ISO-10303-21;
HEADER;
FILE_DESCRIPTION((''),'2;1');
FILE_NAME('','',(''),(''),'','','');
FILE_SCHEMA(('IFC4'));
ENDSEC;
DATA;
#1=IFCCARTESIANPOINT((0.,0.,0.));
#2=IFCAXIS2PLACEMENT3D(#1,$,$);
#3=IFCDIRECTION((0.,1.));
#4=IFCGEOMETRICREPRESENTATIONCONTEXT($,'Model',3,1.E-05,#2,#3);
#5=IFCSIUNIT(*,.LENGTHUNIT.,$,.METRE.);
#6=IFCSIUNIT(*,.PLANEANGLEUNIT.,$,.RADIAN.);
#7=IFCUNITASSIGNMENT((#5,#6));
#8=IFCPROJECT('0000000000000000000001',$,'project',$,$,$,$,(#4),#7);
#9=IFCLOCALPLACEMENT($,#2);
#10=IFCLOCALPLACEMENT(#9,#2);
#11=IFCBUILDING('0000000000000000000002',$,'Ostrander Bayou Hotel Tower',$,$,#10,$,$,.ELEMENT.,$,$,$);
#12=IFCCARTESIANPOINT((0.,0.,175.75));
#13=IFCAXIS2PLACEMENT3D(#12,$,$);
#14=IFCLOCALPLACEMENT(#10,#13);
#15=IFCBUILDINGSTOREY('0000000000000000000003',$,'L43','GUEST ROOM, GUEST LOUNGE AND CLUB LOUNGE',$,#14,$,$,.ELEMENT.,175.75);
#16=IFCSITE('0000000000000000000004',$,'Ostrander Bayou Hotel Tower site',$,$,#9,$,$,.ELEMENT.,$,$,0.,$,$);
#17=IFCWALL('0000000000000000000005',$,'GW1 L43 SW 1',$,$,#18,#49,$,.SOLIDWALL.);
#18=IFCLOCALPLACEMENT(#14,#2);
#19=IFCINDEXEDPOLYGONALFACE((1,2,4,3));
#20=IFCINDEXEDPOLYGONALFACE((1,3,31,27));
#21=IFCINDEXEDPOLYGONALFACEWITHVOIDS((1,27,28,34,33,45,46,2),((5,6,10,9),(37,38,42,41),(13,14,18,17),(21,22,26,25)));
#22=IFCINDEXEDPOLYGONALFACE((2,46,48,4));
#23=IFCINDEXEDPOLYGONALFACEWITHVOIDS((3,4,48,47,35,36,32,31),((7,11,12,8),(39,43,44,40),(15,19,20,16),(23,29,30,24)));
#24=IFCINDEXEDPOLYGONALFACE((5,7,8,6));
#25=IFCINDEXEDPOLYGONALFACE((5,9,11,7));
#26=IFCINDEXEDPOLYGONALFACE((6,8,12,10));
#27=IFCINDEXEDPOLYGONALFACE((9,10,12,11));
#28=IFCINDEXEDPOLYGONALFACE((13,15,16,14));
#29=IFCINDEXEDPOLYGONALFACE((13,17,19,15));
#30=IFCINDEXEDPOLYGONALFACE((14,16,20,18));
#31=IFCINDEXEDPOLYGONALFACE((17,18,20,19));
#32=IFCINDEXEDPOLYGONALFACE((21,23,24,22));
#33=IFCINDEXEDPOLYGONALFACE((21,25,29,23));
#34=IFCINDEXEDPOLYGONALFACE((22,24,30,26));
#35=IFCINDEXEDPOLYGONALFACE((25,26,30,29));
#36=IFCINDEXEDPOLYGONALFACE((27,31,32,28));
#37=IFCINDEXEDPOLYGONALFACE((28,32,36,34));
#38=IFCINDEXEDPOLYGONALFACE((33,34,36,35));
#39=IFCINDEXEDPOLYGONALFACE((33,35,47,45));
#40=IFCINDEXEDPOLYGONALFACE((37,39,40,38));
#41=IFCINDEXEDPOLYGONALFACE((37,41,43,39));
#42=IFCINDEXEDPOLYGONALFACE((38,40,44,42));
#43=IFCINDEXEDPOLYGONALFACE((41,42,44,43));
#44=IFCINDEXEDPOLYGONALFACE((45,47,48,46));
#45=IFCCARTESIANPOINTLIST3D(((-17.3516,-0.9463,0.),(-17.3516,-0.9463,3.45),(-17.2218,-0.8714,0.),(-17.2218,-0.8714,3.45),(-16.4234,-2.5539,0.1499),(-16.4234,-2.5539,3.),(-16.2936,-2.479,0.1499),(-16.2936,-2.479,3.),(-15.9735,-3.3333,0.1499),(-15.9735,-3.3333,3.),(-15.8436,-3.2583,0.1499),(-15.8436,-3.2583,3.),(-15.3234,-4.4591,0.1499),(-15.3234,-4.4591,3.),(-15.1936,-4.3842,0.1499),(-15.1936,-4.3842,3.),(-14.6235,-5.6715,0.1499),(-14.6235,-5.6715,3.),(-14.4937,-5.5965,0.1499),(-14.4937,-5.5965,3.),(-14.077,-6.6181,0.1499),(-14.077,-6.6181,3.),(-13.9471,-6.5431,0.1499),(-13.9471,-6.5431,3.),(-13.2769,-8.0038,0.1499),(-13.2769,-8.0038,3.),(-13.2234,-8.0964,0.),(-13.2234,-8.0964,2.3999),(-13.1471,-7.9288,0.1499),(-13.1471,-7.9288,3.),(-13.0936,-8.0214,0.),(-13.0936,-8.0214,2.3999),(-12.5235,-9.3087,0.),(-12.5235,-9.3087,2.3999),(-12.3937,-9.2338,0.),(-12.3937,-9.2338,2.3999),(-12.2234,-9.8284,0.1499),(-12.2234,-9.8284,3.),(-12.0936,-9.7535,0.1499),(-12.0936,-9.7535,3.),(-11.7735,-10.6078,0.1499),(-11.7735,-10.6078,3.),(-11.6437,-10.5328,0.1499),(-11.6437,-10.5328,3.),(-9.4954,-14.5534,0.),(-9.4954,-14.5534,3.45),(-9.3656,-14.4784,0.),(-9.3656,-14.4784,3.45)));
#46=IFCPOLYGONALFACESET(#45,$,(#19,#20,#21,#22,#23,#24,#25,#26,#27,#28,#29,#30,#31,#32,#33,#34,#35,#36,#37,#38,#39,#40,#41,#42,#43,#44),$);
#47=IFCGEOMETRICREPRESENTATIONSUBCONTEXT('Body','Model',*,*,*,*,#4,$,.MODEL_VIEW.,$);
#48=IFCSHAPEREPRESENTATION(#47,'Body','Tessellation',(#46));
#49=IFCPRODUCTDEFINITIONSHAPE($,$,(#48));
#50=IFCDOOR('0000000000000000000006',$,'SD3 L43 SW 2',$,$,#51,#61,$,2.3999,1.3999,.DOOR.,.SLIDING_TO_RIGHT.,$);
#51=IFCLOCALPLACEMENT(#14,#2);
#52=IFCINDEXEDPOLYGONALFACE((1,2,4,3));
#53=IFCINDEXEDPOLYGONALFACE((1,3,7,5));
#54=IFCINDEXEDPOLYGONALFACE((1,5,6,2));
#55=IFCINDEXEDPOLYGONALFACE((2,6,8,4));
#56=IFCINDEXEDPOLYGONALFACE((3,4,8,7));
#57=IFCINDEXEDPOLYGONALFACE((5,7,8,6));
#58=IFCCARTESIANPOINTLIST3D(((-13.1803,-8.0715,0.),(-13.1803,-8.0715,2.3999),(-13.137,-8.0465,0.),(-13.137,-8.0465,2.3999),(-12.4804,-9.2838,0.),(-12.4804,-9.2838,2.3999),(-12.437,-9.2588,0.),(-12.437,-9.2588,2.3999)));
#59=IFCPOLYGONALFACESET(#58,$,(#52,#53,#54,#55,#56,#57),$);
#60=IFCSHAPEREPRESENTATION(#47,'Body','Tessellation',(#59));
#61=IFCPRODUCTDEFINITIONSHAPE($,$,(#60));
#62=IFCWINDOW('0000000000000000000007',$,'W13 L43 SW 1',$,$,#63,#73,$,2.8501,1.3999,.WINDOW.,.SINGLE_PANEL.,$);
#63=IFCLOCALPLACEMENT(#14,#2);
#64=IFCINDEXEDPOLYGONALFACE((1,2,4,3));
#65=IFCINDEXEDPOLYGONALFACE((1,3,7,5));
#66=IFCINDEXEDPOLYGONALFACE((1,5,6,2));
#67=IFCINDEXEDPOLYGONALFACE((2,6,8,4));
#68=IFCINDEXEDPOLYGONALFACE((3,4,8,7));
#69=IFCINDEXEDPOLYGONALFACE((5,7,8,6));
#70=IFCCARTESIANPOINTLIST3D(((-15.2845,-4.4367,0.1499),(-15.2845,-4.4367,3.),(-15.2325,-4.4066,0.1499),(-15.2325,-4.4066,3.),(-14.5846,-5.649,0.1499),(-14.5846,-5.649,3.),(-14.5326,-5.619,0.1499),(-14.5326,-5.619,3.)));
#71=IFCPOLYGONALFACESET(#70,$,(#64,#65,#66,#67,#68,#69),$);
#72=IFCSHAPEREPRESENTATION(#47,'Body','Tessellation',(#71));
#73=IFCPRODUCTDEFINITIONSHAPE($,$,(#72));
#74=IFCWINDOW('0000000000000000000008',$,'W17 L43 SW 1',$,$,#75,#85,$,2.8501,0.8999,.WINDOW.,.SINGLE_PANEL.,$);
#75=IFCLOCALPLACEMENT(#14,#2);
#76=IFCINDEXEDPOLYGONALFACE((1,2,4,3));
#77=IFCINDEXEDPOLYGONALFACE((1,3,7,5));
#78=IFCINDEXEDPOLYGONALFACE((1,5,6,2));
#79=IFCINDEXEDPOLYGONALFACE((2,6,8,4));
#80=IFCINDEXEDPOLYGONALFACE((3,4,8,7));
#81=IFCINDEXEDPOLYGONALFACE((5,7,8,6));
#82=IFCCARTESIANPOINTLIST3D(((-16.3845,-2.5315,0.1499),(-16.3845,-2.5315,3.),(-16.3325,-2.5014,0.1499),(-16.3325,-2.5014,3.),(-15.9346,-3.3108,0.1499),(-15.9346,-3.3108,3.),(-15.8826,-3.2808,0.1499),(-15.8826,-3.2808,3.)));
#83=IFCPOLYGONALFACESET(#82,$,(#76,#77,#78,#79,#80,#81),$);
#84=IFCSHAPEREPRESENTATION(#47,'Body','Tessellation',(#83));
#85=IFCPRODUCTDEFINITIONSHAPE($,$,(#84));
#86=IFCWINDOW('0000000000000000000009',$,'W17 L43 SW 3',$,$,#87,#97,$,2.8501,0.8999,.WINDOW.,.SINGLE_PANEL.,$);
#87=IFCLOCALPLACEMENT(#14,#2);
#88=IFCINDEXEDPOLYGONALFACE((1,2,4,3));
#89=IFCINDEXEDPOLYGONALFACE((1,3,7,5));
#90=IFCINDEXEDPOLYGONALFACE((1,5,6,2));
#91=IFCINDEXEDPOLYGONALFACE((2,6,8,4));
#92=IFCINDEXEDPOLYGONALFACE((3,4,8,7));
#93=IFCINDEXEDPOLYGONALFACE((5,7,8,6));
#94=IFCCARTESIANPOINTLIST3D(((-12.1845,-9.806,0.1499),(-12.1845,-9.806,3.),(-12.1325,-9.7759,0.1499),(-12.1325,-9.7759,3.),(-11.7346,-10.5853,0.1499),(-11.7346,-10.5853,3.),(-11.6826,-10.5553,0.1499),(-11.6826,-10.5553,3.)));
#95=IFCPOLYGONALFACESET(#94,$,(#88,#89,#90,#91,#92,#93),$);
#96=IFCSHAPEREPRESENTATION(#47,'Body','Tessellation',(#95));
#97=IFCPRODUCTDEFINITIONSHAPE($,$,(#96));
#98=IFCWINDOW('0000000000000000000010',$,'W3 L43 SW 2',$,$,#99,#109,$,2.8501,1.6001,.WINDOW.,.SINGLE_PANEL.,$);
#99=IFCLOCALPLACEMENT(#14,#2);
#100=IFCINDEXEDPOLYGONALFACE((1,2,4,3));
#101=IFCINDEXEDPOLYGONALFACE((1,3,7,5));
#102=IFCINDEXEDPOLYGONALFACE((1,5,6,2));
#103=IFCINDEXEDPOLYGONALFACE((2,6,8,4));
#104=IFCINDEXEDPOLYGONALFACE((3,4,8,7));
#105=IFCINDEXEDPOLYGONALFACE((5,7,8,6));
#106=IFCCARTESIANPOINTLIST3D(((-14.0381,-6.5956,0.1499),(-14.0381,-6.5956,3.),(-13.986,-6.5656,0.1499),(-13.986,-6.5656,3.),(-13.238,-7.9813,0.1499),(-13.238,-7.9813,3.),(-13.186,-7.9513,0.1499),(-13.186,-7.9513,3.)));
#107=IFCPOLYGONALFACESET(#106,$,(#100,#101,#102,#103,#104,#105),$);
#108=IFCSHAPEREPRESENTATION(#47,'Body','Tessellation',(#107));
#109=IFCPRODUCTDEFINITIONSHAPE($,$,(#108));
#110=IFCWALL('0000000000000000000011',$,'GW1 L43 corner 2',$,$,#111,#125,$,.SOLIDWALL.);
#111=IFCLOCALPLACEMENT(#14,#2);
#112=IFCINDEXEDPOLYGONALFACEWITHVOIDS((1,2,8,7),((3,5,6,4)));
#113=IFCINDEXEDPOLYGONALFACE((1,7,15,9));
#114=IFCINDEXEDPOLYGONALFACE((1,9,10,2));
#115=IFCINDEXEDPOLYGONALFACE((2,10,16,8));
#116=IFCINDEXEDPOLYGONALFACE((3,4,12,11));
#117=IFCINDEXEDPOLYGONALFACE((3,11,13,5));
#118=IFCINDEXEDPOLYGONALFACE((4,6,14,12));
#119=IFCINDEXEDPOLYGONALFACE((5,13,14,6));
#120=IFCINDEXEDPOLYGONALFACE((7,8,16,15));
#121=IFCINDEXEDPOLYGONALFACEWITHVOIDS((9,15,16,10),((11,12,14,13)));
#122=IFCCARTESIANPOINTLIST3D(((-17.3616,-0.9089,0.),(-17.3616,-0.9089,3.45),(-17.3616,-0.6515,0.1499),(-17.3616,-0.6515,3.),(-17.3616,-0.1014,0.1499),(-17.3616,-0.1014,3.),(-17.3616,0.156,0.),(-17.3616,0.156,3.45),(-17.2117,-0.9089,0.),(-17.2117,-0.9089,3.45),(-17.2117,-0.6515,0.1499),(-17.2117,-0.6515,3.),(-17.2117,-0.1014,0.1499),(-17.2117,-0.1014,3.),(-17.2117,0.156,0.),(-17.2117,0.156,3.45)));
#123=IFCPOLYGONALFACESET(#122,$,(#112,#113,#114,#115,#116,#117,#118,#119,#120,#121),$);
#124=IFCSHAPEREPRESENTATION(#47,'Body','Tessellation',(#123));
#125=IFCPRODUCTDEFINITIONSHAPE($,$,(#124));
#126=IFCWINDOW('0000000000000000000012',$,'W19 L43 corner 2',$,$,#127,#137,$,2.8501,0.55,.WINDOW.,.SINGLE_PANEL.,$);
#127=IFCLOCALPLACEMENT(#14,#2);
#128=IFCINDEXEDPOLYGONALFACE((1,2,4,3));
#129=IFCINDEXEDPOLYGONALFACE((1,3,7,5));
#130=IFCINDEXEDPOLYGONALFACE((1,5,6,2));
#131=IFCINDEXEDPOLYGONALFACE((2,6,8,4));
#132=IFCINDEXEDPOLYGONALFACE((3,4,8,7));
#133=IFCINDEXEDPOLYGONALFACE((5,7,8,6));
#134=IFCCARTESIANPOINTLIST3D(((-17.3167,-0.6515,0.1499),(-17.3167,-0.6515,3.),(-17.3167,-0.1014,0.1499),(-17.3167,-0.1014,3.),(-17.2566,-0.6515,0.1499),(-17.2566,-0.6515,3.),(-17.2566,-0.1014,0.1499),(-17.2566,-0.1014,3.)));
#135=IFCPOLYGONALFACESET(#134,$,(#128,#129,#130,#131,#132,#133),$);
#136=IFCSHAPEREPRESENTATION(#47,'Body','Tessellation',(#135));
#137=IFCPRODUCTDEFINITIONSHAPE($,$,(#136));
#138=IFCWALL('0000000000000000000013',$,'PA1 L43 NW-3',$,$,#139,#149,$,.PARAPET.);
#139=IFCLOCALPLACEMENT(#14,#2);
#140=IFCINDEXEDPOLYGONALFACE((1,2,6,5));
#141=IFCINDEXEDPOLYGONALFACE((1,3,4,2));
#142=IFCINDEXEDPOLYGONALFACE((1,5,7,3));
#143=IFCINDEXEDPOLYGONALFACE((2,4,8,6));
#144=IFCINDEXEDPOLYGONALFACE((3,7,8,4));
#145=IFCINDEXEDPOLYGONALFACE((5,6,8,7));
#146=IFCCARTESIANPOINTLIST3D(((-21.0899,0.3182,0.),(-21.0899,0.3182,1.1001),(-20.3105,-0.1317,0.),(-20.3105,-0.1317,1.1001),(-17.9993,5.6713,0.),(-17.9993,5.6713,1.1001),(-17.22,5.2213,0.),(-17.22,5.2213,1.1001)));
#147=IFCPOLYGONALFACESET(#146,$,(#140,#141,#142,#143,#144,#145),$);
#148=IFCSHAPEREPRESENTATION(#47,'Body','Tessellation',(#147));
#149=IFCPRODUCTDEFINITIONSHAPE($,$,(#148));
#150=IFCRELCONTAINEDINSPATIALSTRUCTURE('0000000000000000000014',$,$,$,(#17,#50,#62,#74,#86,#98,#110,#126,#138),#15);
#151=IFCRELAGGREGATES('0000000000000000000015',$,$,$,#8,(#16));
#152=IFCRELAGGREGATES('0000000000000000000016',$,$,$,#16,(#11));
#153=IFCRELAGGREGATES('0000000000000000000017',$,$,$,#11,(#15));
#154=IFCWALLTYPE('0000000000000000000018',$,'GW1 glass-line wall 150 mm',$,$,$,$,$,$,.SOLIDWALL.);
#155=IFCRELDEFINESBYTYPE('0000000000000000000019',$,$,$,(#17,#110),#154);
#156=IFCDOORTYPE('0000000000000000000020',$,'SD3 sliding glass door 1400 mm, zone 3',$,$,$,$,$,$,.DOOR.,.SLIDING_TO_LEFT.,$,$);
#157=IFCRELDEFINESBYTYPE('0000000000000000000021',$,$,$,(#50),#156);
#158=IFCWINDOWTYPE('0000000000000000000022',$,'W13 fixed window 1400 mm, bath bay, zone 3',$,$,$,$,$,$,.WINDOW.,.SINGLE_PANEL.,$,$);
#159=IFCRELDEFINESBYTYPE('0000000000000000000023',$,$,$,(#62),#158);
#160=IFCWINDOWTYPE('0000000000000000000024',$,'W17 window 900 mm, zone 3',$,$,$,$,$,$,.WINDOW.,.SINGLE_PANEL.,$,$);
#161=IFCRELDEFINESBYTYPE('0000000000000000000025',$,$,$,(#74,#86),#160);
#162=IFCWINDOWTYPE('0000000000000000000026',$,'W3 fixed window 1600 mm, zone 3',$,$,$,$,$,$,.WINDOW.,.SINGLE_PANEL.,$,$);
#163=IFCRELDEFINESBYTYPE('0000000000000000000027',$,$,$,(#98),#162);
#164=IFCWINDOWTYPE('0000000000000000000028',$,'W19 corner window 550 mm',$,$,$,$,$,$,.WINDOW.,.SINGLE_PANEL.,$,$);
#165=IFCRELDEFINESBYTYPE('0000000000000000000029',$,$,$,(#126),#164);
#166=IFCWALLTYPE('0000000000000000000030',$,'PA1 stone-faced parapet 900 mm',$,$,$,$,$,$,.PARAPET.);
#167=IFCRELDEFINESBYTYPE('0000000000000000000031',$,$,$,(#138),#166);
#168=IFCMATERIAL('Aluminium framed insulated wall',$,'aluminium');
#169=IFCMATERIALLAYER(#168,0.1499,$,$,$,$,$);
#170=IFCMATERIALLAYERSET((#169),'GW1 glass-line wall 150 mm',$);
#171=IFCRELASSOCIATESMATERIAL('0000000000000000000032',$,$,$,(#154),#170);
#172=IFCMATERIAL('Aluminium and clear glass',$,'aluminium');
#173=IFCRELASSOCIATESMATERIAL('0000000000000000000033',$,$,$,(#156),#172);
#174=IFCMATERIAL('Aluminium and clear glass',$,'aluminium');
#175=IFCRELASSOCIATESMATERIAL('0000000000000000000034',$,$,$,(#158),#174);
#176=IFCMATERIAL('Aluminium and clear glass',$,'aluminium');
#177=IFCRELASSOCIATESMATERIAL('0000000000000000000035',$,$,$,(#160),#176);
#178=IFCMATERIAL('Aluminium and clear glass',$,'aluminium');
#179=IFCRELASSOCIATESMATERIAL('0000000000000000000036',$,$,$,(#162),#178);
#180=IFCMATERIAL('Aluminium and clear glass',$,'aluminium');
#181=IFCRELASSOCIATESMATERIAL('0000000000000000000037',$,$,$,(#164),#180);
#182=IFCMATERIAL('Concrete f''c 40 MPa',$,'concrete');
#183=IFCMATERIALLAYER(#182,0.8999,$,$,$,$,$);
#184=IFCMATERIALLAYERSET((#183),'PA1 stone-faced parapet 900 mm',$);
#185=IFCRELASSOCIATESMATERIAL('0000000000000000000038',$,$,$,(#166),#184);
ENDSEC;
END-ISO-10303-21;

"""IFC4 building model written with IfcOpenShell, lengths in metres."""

from ifc_helpers import new_model, si_unit, direction, frame, frame_2d, origin, place, context, subcontext, project, spatial, rectangle, extrude, material, layer, layer_set, type_object, element, fill, save


model = new_model("IFC4")

# Units and contexts
model_context = context("Model", 3, precision=1e-05, world=origin(), true_north=direction((0.0, 1.0)))
body_context = subcontext(model_context, "Body", "Model", "MODEL_VIEW")
ifc_project = project(units=[si_unit("LENGTHUNIT", "METRE"), si_unit("PLANEANGLEUNIT", "RADIAN")], contexts=[model_context])

# Site, building, storey
site_placement = place(None, origin())
site = spatial("IfcSite", under=ifc_project, at=site_placement, Name="Ostrander Bayou Hotel Tower site", CompositionType="ELEMENT", RefElevation=0.0)
building_placement = place(site_placement, origin())
building = spatial("IfcBuilding", under=site, at=building_placement, Name="Ostrander Bayou Hotel Tower", CompositionType="ELEMENT")
storey_placement = place(building_placement, frame((0.0, 0.0, 175.75)))
storey = spatial("IfcBuildingStorey", under=building, at=storey_placement, Name="L43", Description="GUEST ROOM, GUEST LOUNGE AND CLUB LOUNGE", CompositionType="ELEMENT", Elevation=175.75)

# Wall, openings, door, windows
ifc_material_1 = material(Name="Aluminium framed insulated wall", Category="aluminium")
ifc_layer_1 = layer(ifc_material_1, 0.1499)
ifc_layer_set_1 = layer_set([ifc_layer_1], Name="GW1 glass-line wall 150 mm")
wall_type_1 = type_object("IfcWallType", Name="GW1 glass-line wall 150 mm", PredefinedType="SOLIDWALL", material=ifc_layer_set_1)
wall_1_placement = place(storey_placement, frame((-17.2866, -0.9089, 0.0), z_axis=(0.0, 0.0, 1.0), x_axis=(0.500004, -0.866023, 0.0)))
wall_1 = element("IfcWall", 1, at=wall_1_placement, inside=storey, type_object=wall_type_1, Name="GW1 L43 SW 1", PredefinedType="SOLIDWALL", context=body_context, shape_type="SweptSolid", body=[
    extrude(rectangle(XDim=15.7122, YDim=0.1499, at=frame_2d((7.856, 0.0))), origin(), (0.0, 0.0, 1.0), 3.45),
])
opening_1_placement = place(wall_1_placement, frame((1.8562, 0.0, 0.1499)))
opening_1 = element("IfcOpeningElement", 2, at=opening_1_placement, cuts=wall_1, PredefinedType="OPENING", context=body_context, shape_type="SweptSolid", body=[
    extrude(rectangle(XDim=0.8999, YDim=2.8501, at=frame_2d((0.45, 1.425))), frame((0.0, 0.075, 0.0), z_axis=(0.0, -1.0, 0.0), x_axis=(1.0, 0.0, 0.0)), (0.0, 0.0, 1.0), 0.1499),
])
opening_2_placement = place(wall_1_placement, frame((4.0562, 0.0, 0.1499)))
opening_2 = element("IfcOpeningElement", 3, at=opening_2_placement, cuts=wall_1, PredefinedType="OPENING", context=body_context, shape_type="SweptSolid", body=[
    extrude(rectangle(XDim=1.3999, YDim=2.8501, at=frame_2d((0.7, 1.425))), frame((0.0, 0.075, 0.0), z_axis=(0.0, -1.0, 0.0), x_axis=(1.0, 0.0, 0.0)), (0.0, 0.0, 1.0), 0.1499),
])
opening_3_placement = place(wall_1_placement, frame((6.5491, 0.0, 0.1499)))
opening_3 = element("IfcOpeningElement", 4, at=opening_3_placement, cuts=wall_1, PredefinedType="OPENING", context=body_context, shape_type="SweptSolid", body=[
    extrude(rectangle(XDim=1.6001, YDim=2.8501, at=frame_2d((0.8, 1.425))), frame((0.0, 0.075, 0.0), z_axis=(0.0, -1.0, 0.0), x_axis=(1.0, 0.0, 0.0)), (0.0, 0.0, 1.0), 0.1499),
])
opening_4_placement = place(wall_1_placement, frame((8.2561, 0.0, 0.0)))
opening_4 = element("IfcOpeningElement", 5, at=opening_4_placement, cuts=wall_1, PredefinedType="OPENING", context=body_context, shape_type="SweptSolid", body=[
    extrude(rectangle(XDim=1.3999, YDim=2.3999, at=frame_2d((0.7, 1.2))), frame((0.0, 0.075, 0.0), z_axis=(0.0, -1.0, 0.0), x_axis=(1.0, 0.0, 0.0)), (0.0, 0.0, 1.0), 0.1499),
])
opening_5_placement = place(wall_1_placement, frame((10.2561, 0.0, 0.1499)))
opening_5 = element("IfcOpeningElement", 6, at=opening_5_placement, cuts=wall_1, PredefinedType="OPENING", context=body_context, shape_type="SweptSolid", body=[
    extrude(rectangle(XDim=0.8999, YDim=2.8501, at=frame_2d((0.45, 1.425))), frame((0.0, 0.075, 0.0), z_axis=(0.0, -1.0, 0.0), x_axis=(1.0, 0.0, 0.0)), (0.0, 0.0, 1.0), 0.1499),
])
ifc_material_2 = material(Name="Aluminium and clear glass", Category="aluminium")
door_type = type_object("IfcDoorType", Name="SD3 sliding glass door 1400 mm, zone 3", OperationType="SLIDING_TO_LEFT", PredefinedType="DOOR", material=ifc_material_2)
door_placement = place(opening_4_placement, origin())
door = element("IfcDoor", 7, at=door_placement, inside=storey, type_object=door_type, Name="SD3 L43 SW 2", OperationType="SLIDING_TO_RIGHT", OverallHeight=2.3999, OverallWidth=1.3999, PredefinedType="DOOR", context=body_context, shape_type="SweptSolid", body=[
    extrude(rectangle(XDim=1.3999, YDim=2.3999, at=frame_2d((0.7, 1.2))), frame((0.0, 0.0249, 0.0), z_axis=(0.0, -1.0, 0.0), x_axis=(1.0, 0.0, 0.0)), (0.0, 0.0, 1.0), 0.05),
])
fill(opening_4, door)
ifc_material_3 = material(Name="Aluminium and clear glass", Category="aluminium")
window_type_1 = type_object("IfcWindowType", Name="W13 fixed window 1400 mm, bath bay, zone 3", PartitioningType="SINGLE_PANEL", PredefinedType="WINDOW", material=ifc_material_3)
window_1_placement = place(opening_2_placement, origin())
window_1 = element("IfcWindow", 8, at=window_1_placement, inside=storey, type_object=window_type_1, Name="W13 L43 SW 1", OverallHeight=2.8501, OverallWidth=1.3999, PartitioningType="SINGLE_PANEL", PredefinedType="WINDOW", context=body_context, shape_type="SweptSolid", body=[
    extrude(rectangle(XDim=1.3999, YDim=2.8501, at=frame_2d((0.7, 1.425))), frame((0.0, 0.03, 0.0), z_axis=(0.0, -1.0, 0.0), x_axis=(1.0, 0.0, 0.0)), (0.0, 0.0, 1.0), 0.0601),
])
fill(opening_2, window_1)
ifc_material_4 = material(Name="Aluminium and clear glass", Category="aluminium")
window_type_2 = type_object("IfcWindowType", Name="W17 window 900 mm, zone 3", PartitioningType="SINGLE_PANEL", PredefinedType="WINDOW", material=ifc_material_4)
window_2_placement = place(opening_1_placement, origin())
window_2 = element("IfcWindow", 9, at=window_2_placement, inside=storey, type_object=window_type_2, Name="W17 L43 SW 1", OverallHeight=2.8501, OverallWidth=0.8999, PartitioningType="SINGLE_PANEL", PredefinedType="WINDOW", context=body_context, shape_type="SweptSolid", body=[
    extrude(rectangle(XDim=0.8999, YDim=2.8501, at=frame_2d((0.45, 1.425))), frame((0.0, 0.03, 0.0), z_axis=(0.0, -1.0, 0.0), x_axis=(1.0, 0.0, 0.0)), (0.0, 0.0, 1.0), 0.0601),
])
fill(opening_1, window_2)
window_3_placement = place(opening_5_placement, origin())
window_3 = element("IfcWindow", 10, at=window_3_placement, inside=storey, type_object=window_type_2, Name="W17 L43 SW 3", OverallHeight=2.8501, OverallWidth=0.8999, PartitioningType="SINGLE_PANEL", PredefinedType="WINDOW", context=body_context, shape_type="SweptSolid", body=[
    extrude(rectangle(XDim=0.8999, YDim=2.8501, at=frame_2d((0.45, 1.425))), frame((0.0, 0.03, 0.0), z_axis=(0.0, -1.0, 0.0), x_axis=(1.0, 0.0, 0.0)), (0.0, 0.0, 1.0), 0.0601),
])
fill(opening_5, window_3)
ifc_material_5 = material(Name="Aluminium and clear glass", Category="aluminium")
window_type_3 = type_object("IfcWindowType", Name="W3 fixed window 1600 mm, zone 3", PartitioningType="SINGLE_PANEL", PredefinedType="WINDOW", material=ifc_material_5)
window_4_placement = place(opening_3_placement, origin())
window_4 = element("IfcWindow", 11, at=window_4_placement, inside=storey, type_object=window_type_3, Name="W3 L43 SW 2", OverallHeight=2.8501, OverallWidth=1.6001, PartitioningType="SINGLE_PANEL", PredefinedType="WINDOW", context=body_context, shape_type="SweptSolid", body=[
    extrude(rectangle(XDim=1.6001, YDim=2.8501, at=frame_2d((0.8, 1.425))), frame((0.0, 0.03, 0.0), z_axis=(0.0, -1.0, 0.0), x_axis=(1.0, 0.0, 0.0)), (0.0, 0.0, 1.0), 0.0601),
])
fill(opening_3, window_4)

# Wall, opening, window
wall_2_placement = place(storey_placement, frame((-17.2866, 0.156, 0.0), z_axis=(0.0, 0.0, 1.0), x_axis=(0.0, -1.0, 0.0)))
wall_2 = element("IfcWall", 12, at=wall_2_placement, inside=storey, type_object=wall_type_1, Name="GW1 L43 corner 2", PredefinedType="SOLIDWALL", context=body_context, shape_type="SweptSolid", body=[
    extrude(rectangle(XDim=1.0649, YDim=0.1499, at=frame_2d((0.5325, 0.0))), origin(), (0.0, 0.0, 1.0), 3.45),
])
opening_6_placement = place(wall_2_placement, frame((0.2576, 0.0, 0.1499)))
opening_6 = element("IfcOpeningElement", 13, at=opening_6_placement, cuts=wall_2, PredefinedType="OPENING", context=body_context, shape_type="SweptSolid", body=[
    extrude(rectangle(XDim=0.55, YDim=2.8501, at=frame_2d((0.2749, 1.425))), frame((0.0, 0.075, 0.0), z_axis=(0.0, -1.0, 0.0), x_axis=(1.0, 0.0, 0.0)), (0.0, 0.0, 1.0), 0.1499),
])
ifc_material_6 = material(Name="Aluminium and clear glass", Category="aluminium")
window_type_4 = type_object("IfcWindowType", Name="W19 corner window 550 mm", PartitioningType="SINGLE_PANEL", PredefinedType="WINDOW", material=ifc_material_6)
window_5_placement = place(opening_6_placement, origin())
window_5 = element("IfcWindow", 14, at=window_5_placement, inside=storey, type_object=window_type_4, Name="W19 L43 corner 2", OverallHeight=2.8501, OverallWidth=0.55, PartitioningType="SINGLE_PANEL", PredefinedType="WINDOW", context=body_context, shape_type="SweptSolid", body=[
    extrude(rectangle(XDim=0.55, YDim=2.8501, at=frame_2d((0.2749, 1.425))), frame((0.0, 0.03, 0.0), z_axis=(0.0, -1.0, 0.0), x_axis=(1.0, 0.0, 0.0)), (0.0, 0.0, 1.0), 0.0601),
])
fill(opening_6, window_5)

# Wall
ifc_material_7 = material(Name="Concrete f'c 40 MPa", Category="concrete")
ifc_layer_2 = layer(ifc_material_7, 0.8999)
ifc_layer_set_2 = layer_set([ifc_layer_2], Name="PA1 stone-faced parapet 900 mm")
wall_type_2 = type_object("IfcWallType", Name="PA1 stone-faced parapet 900 mm", PredefinedType="PARAPET", material=ifc_layer_set_2)
wall_3_placement = place(storey_placement, frame((-17.6096, 5.4463, 0.0), z_axis=(0.0, 0.0, 1.0), x_axis=(-0.500001, -0.866025, 0.0)))
element("IfcWall", 15, at=wall_3_placement, inside=storey, type_object=wall_type_2, Name="PA1 L43 NW-3", PredefinedType="PARAPET", context=body_context, shape_type="SweptSolid", body=[
    extrude(rectangle(XDim=6.1812, YDim=0.8999, at=frame_2d((3.0906, 0.0))), origin(), (0.0, 0.0, 1.0), 1.1001),
])

save(model, "model.ifc")
